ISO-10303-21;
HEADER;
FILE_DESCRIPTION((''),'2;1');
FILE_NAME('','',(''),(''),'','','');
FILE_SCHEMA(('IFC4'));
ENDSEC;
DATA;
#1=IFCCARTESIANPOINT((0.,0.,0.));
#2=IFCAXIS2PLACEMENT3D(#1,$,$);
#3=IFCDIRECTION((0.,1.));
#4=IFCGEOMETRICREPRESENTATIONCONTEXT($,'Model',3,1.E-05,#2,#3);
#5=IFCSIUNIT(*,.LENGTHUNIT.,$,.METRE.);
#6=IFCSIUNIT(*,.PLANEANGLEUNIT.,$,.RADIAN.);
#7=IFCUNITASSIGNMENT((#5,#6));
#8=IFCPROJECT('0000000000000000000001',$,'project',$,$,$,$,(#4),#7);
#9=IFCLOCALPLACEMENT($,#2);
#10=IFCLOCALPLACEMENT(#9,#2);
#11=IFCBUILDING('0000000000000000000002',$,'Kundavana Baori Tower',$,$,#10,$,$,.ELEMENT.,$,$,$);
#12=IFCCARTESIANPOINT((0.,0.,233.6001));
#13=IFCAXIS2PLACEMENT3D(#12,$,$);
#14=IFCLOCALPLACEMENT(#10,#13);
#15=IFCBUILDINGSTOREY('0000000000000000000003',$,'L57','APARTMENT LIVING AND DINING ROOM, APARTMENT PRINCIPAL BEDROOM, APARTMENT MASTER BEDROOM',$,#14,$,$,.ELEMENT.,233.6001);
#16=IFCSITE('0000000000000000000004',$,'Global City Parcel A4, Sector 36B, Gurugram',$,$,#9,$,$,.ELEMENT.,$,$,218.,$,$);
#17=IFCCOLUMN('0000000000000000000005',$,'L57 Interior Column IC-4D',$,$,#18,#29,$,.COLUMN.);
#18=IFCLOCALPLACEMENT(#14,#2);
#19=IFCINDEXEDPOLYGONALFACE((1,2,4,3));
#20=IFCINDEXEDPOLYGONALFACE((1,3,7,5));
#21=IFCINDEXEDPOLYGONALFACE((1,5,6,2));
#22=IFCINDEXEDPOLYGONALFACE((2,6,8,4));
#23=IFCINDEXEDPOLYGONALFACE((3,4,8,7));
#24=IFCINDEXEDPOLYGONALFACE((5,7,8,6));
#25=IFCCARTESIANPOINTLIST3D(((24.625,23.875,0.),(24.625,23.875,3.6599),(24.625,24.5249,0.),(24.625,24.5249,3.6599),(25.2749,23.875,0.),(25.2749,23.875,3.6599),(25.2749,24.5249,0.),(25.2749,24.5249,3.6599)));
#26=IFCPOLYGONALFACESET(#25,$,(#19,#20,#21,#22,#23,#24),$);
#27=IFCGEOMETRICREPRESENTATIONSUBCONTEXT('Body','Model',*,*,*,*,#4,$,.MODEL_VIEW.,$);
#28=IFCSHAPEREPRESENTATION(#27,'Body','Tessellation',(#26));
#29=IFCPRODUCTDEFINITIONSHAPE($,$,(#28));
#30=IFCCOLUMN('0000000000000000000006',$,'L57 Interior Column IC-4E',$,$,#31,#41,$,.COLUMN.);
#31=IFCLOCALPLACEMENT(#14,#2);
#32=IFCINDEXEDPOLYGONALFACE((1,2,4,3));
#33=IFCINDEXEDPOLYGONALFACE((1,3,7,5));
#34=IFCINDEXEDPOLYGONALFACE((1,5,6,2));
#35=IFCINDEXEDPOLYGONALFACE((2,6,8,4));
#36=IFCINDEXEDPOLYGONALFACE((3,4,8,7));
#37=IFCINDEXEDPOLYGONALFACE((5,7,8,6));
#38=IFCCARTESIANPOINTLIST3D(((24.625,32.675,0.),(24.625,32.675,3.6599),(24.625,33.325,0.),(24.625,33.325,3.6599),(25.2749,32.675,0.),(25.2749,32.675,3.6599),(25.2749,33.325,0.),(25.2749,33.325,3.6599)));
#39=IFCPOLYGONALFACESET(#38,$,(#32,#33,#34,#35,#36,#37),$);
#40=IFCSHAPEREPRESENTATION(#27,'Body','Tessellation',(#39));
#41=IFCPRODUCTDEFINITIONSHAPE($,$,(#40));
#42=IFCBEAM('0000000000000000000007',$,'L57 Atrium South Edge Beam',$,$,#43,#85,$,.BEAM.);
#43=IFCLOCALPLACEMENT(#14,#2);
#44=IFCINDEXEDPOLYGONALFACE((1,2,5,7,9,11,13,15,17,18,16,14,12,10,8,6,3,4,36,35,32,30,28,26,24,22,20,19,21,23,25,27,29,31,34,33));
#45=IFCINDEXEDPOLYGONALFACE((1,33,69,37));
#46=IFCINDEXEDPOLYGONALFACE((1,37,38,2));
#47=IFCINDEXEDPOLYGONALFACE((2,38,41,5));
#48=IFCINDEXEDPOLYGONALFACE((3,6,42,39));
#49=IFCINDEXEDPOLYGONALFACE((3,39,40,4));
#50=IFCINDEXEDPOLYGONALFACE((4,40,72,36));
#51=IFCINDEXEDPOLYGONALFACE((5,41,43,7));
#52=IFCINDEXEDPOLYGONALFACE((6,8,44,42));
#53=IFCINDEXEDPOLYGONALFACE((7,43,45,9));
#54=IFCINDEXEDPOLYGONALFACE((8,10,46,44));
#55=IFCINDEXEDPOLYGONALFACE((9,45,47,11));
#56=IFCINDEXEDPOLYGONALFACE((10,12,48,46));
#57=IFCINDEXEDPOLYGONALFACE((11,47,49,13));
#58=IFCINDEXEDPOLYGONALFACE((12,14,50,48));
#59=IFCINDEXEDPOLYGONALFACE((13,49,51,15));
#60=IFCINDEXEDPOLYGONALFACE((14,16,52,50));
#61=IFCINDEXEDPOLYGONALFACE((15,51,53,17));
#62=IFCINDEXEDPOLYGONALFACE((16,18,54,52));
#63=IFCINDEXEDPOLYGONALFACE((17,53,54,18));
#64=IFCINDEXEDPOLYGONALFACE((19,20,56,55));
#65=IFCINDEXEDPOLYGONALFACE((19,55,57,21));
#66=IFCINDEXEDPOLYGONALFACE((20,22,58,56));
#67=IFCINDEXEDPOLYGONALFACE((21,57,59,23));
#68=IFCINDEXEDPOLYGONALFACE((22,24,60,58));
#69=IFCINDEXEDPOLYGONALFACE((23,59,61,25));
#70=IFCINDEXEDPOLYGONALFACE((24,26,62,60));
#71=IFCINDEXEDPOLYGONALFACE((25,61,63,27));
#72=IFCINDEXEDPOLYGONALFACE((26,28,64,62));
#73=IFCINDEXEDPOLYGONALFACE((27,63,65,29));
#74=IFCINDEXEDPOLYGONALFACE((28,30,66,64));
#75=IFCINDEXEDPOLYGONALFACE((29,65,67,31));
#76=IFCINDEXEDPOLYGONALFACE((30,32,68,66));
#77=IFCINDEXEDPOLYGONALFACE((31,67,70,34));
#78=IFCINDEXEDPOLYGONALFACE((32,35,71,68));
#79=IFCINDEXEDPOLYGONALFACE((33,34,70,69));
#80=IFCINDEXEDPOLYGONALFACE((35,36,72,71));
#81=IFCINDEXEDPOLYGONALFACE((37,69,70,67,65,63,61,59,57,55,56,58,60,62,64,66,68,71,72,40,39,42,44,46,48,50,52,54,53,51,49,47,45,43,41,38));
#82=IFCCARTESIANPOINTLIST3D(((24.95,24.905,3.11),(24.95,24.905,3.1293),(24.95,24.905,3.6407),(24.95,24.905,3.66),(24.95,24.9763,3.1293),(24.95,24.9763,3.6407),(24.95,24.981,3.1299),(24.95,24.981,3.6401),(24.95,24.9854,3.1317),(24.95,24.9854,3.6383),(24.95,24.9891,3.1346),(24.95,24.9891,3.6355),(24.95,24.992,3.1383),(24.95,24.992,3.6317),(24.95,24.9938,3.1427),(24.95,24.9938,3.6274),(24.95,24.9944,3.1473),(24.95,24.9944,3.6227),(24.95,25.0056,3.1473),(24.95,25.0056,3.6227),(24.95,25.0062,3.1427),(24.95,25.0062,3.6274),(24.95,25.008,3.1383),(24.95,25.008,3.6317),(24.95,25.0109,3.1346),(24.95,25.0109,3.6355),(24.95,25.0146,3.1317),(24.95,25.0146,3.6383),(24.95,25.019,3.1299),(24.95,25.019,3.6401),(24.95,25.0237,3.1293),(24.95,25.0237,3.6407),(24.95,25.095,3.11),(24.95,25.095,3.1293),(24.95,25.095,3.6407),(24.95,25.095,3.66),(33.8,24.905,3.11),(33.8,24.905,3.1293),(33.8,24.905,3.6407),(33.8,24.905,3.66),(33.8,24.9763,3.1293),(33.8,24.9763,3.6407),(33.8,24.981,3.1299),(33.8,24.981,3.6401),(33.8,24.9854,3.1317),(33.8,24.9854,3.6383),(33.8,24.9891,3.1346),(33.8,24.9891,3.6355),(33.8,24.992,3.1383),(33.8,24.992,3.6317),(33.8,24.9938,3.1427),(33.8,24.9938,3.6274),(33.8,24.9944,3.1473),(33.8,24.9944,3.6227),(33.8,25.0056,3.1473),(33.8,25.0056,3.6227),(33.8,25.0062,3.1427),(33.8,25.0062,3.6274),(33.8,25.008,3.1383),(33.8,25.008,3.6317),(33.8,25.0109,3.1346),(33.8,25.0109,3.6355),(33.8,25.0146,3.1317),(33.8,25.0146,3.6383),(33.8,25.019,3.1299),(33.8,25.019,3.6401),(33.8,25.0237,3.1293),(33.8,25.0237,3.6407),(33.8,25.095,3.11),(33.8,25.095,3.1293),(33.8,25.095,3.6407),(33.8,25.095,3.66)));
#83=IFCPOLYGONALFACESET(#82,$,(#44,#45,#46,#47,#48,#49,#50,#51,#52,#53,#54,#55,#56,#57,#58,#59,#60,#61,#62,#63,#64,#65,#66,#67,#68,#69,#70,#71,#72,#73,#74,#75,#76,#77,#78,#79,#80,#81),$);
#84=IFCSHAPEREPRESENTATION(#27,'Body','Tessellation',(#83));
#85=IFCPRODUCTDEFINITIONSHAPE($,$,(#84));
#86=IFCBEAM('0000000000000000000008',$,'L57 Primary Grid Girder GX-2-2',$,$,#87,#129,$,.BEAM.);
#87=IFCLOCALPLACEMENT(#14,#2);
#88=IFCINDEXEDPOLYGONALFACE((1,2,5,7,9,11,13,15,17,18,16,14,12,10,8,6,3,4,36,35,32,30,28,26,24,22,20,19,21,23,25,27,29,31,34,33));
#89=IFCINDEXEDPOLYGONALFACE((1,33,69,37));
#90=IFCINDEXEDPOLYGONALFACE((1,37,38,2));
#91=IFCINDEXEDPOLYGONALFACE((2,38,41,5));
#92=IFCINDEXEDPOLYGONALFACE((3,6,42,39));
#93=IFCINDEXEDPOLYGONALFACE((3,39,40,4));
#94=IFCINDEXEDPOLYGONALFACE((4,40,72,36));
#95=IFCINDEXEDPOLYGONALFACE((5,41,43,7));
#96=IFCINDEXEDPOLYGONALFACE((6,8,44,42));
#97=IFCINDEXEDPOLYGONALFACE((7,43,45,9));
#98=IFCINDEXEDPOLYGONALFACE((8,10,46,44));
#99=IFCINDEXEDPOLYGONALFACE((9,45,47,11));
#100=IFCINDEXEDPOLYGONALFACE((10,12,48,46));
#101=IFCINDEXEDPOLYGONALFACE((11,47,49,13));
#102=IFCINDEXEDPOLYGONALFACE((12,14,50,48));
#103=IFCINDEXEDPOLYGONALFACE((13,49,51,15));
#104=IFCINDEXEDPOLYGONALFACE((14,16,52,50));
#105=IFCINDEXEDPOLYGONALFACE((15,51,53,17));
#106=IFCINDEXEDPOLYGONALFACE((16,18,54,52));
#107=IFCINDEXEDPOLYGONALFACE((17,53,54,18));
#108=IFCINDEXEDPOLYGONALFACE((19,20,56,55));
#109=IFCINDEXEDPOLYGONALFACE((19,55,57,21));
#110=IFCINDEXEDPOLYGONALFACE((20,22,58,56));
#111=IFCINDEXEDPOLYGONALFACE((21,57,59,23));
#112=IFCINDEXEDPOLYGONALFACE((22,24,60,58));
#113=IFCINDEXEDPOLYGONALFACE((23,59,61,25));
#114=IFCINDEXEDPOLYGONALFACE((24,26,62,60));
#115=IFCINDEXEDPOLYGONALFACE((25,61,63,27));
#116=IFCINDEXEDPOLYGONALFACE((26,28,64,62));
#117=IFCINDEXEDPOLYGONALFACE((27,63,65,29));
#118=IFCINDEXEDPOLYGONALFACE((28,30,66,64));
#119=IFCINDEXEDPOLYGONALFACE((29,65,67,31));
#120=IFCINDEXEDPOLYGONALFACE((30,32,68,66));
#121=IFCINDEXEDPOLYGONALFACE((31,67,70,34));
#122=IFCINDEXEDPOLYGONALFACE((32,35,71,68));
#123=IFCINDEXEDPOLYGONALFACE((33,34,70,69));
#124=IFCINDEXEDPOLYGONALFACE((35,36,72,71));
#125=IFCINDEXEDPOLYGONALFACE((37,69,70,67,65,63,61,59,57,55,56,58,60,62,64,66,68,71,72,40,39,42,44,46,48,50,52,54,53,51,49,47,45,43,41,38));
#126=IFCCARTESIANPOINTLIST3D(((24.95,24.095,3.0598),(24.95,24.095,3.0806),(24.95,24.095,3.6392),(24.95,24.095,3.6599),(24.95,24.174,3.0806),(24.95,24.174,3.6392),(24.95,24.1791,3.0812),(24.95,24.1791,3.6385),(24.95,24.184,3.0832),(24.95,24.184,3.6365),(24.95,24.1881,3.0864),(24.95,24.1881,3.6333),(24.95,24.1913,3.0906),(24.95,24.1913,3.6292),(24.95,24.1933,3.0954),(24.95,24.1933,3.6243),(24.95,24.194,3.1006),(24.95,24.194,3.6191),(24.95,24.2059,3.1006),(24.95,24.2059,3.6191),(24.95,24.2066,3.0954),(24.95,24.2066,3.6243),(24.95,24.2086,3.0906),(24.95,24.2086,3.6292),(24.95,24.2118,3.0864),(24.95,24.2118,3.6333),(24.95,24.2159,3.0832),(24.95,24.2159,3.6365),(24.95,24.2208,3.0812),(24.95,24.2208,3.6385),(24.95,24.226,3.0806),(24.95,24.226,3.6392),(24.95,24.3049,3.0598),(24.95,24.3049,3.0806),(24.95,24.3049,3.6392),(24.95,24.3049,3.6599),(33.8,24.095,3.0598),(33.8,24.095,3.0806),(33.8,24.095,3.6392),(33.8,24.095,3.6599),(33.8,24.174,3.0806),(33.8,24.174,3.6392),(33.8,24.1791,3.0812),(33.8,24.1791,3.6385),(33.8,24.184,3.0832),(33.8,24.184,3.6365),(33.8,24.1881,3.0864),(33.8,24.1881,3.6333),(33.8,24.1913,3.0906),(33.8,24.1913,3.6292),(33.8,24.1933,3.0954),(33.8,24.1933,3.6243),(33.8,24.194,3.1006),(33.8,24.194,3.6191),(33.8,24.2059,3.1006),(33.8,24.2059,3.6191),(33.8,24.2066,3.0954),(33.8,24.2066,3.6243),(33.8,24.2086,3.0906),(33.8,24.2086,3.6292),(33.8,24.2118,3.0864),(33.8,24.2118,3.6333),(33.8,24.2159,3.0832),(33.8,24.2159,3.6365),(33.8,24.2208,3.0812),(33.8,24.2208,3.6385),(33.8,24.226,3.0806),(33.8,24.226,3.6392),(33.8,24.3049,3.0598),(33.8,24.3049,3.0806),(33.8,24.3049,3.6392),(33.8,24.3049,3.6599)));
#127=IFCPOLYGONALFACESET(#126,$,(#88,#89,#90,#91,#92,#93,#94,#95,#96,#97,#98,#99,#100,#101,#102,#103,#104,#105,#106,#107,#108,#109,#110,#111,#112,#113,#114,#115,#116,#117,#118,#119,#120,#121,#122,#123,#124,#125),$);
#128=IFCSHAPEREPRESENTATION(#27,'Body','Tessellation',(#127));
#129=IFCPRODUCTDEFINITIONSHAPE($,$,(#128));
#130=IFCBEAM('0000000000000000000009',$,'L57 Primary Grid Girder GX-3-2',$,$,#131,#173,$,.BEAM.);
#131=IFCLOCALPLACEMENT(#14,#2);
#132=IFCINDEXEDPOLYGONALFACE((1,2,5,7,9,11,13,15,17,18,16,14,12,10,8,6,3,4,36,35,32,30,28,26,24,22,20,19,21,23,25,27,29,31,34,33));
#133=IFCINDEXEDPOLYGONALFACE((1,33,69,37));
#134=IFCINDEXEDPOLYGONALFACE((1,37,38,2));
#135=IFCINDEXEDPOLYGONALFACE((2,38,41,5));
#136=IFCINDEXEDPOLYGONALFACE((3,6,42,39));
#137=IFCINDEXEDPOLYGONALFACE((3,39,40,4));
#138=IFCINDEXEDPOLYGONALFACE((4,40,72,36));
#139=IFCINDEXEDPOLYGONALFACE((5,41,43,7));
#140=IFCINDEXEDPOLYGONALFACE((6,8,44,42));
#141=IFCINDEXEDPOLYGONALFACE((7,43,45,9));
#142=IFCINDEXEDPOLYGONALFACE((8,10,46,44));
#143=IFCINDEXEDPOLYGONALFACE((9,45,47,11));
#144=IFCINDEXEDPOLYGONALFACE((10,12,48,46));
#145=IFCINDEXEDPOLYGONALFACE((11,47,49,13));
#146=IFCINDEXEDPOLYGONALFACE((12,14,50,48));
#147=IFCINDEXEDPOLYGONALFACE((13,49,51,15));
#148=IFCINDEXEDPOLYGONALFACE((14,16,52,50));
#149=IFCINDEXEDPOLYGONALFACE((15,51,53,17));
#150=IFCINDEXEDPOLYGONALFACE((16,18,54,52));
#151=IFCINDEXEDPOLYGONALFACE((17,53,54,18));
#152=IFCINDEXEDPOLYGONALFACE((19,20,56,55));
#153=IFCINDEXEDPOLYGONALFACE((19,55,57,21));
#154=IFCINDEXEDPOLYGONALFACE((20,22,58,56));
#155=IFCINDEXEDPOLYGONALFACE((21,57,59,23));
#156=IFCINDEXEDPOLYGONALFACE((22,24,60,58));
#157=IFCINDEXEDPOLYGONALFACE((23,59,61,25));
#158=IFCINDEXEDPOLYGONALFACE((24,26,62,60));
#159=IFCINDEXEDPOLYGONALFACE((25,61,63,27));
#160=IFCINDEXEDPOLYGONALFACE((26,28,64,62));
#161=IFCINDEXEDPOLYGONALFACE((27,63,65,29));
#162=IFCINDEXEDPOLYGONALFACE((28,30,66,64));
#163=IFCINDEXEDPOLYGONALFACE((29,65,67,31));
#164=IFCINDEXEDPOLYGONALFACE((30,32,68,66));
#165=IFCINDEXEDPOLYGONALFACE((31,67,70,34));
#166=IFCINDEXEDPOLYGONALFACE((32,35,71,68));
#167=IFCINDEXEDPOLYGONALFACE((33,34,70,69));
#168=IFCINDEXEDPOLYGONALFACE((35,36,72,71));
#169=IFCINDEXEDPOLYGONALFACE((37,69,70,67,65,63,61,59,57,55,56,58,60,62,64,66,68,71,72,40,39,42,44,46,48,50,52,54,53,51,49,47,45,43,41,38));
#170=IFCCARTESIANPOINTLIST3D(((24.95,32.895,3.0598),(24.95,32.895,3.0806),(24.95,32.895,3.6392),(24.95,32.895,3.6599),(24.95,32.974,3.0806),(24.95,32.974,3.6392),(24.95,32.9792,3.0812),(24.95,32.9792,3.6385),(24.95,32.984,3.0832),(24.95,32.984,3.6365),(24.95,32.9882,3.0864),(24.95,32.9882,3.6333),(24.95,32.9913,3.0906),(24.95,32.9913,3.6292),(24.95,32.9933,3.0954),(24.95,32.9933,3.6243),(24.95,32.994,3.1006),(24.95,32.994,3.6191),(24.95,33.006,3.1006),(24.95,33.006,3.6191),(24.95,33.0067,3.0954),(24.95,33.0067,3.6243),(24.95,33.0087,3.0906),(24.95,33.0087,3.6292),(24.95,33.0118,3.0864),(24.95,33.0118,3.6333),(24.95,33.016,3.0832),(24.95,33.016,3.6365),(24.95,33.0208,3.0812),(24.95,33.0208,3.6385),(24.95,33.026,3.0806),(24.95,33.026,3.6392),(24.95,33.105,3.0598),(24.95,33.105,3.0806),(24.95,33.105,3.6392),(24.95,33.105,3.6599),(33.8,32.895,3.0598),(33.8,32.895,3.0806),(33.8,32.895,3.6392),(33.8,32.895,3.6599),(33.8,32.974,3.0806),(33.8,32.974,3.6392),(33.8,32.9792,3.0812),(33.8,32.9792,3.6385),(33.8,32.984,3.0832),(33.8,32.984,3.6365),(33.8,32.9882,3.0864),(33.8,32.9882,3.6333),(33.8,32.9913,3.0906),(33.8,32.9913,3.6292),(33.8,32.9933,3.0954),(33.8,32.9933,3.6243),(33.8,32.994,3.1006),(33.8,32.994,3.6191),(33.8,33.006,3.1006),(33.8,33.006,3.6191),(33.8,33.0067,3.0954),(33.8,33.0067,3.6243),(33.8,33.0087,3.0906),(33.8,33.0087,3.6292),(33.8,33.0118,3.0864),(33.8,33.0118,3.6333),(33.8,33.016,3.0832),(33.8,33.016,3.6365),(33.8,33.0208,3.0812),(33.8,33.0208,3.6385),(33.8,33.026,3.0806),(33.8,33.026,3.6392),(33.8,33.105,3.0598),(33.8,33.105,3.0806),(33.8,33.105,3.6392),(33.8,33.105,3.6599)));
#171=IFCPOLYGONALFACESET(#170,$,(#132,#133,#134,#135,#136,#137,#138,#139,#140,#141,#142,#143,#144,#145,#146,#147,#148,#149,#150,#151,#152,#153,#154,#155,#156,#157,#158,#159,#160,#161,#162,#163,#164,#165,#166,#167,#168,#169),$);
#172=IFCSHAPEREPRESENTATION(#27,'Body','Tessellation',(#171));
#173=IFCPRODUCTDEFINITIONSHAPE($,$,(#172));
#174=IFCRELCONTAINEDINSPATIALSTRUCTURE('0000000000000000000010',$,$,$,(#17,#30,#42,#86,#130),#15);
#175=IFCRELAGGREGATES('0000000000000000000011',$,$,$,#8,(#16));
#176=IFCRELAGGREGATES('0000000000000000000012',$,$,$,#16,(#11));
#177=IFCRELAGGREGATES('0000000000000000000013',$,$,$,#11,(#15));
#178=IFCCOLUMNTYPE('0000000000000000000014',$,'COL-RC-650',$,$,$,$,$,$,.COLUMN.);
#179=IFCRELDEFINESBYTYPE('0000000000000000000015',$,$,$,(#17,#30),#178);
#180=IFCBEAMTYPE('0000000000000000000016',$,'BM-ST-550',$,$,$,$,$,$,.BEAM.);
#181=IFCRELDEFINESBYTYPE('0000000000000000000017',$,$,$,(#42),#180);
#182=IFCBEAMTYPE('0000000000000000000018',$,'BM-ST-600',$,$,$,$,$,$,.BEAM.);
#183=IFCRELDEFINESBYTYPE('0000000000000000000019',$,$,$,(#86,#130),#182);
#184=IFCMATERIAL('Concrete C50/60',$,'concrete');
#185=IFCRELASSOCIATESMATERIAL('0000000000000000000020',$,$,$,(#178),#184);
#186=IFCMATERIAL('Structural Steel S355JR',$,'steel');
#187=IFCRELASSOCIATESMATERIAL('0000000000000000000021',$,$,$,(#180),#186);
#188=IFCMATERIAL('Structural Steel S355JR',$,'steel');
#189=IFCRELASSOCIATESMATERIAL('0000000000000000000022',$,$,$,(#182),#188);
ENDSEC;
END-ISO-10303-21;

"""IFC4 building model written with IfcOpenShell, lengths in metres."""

from ifc_helpers import new_model, si_unit, direction, frame, origin, origin_2d, place, context, subcontext, project, spatial, rectangle, i_section, extrude, material, material_profile, profile_set, type_object, element, save


model = new_model("IFC4")

# Units and contexts
model_context = context("Model", 3, precision=1e-05, world=origin(), true_north=direction((0.0, 1.0)))
body_context = subcontext(model_context, "Body", "Model", "MODEL_VIEW")
ifc_project = project(units=[si_unit("LENGTHUNIT", "METRE"), si_unit("PLANEANGLEUNIT", "RADIAN")], contexts=[model_context])

# Site, building, storey
site_placement = place(None, origin())
site = spatial("IfcSite", under=ifc_project, at=site_placement, Name="Global City Parcel A4, Sector 36B, Gurugram", CompositionType="ELEMENT", RefElevation=218.0)
building_placement = place(site_placement, origin())
building = spatial("IfcBuilding", under=site, at=building_placement, Name="Kundavana Baori Tower", CompositionType="ELEMENT")
storey_placement = place(building_placement, frame((0.0, 0.0, 233.6001)))
storey = spatial("IfcBuildingStorey", under=building, at=storey_placement, Name="L57", Description="APARTMENT LIVING AND DINING ROOM, APARTMENT PRINCIPAL BEDROOM, APARTMENT MASTER BEDROOM", CompositionType="ELEMENT", Elevation=233.6001)

# Columns
ifc_material_1 = material(Name="Concrete C50/60", Category="concrete")
ifc_material_profile_1 = material_profile(ifc_material_1, rectangle(XDim=0.6499, YDim=0.6499, at=origin_2d()), Name="RC 650x650")
ifc_profile_set_1 = profile_set([ifc_material_profile_1], Name="Concrete C50/60")
column_type = type_object("IfcColumnType", Name="COL-RC-650", PredefinedType="COLUMN", material=ifc_profile_set_1)
for number, where, z_axis, x_axis, name in (
    (1, (24.95, 24.2, 0.0), (0.0, 0.0, 1.0), (1.0, 0.0, 0.0), "L57 Interior Column IC-4D"),
    (2, (24.95, 33.0, 0.0), (0.0, 0.0, 1.0), (1.0, 0.0, 0.0), "L57 Interior Column IC-4E"),
):
    element("IfcColumn", number, at=place(storey_placement, frame(where, z_axis=z_axis, x_axis=x_axis)), inside=storey, type_object=column_type, Name=name, PredefinedType="COLUMN", context=body_context, shape_type="SweptSolid", body=[
        extrude(rectangle(XDim=0.6499, YDim=0.6499, at=origin_2d()), origin(), (0.0, 0.0, 1.0), 3.6599),
    ])

# Beams
ifc_material_2 = material(Name="Structural Steel S355JR", Category="steel")
ifc_material_profile_2 = material_profile(ifc_material_2, i_section(OverallWidth=0.1899, OverallDepth=0.55, WebThickness=0.0112, FlangeThickness=0.0193, FilletRadius=0.0181, at=origin_2d()), Name="ISMB 550")
ifc_profile_set_2 = profile_set([ifc_material_profile_2], Name="Structural Steel S355JR")
beam_type_1 = type_object("IfcBeamType", Name="BM-ST-550", PredefinedType="BEAM", material=ifc_profile_set_2)
beam_placement = place(storey_placement, frame((24.95, 25.0, 3.385), z_axis=(1.0, 0.0, 0.0), x_axis=(0.0, 1.0, 0.0)))
element("IfcBeam", 3, at=beam_placement, inside=storey, type_object=beam_type_1, Name="L57 Atrium South Edge Beam", PredefinedType="BEAM", context=body_context, shape_type="SweptSolid", body=[
    extrude(i_section(OverallWidth=0.1899, OverallDepth=0.55, WebThickness=0.0112, FlangeThickness=0.0193, FilletRadius=0.0181, at=origin_2d()), origin(), (0.0, 0.0, 1.0), 8.8501),
])
ifc_material_3 = material(Name="Structural Steel S355JR", Category="steel")
ifc_material_profile_3 = material_profile(ifc_material_3, i_section(OverallWidth=0.21, OverallDepth=0.6001, WebThickness=0.012, FlangeThickness=0.0208, FilletRadius=0.02, at=origin_2d()), Name="ISMB 600")
ifc_profile_set_3 = profile_set([ifc_material_profile_3], Name="Structural Steel S355JR")
beam_type_2 = type_object("IfcBeamType", Name="BM-ST-600", PredefinedType="BEAM", material=ifc_profile_set_3)
for number, where, z_axis, x_axis, name in (
    (4, (24.95, 24.2, 3.3599), (1.0, 0.0, 0.0), (0.0, 1.0, 0.0), "L57 Primary Grid Girder GX-2-2"),
    (5, (24.95, 33.0, 3.3599), (1.0, 0.0, 0.0), (0.0, 1.0, 0.0), "L57 Primary Grid Girder GX-3-2"),
):
    element("IfcBeam", number, at=place(storey_placement, frame(where, z_axis=z_axis, x_axis=x_axis)), inside=storey, type_object=beam_type_2, Name=name, PredefinedType="BEAM", context=body_context, shape_type="SweptSolid", body=[
        extrude(i_section(OverallWidth=0.21, OverallDepth=0.6001, WebThickness=0.012, FlangeThickness=0.0208, FilletRadius=0.02, at=origin_2d()), origin(), (0.0, 0.0, 1.0), 8.8501),
    ])

save(model, "model.ifc")
